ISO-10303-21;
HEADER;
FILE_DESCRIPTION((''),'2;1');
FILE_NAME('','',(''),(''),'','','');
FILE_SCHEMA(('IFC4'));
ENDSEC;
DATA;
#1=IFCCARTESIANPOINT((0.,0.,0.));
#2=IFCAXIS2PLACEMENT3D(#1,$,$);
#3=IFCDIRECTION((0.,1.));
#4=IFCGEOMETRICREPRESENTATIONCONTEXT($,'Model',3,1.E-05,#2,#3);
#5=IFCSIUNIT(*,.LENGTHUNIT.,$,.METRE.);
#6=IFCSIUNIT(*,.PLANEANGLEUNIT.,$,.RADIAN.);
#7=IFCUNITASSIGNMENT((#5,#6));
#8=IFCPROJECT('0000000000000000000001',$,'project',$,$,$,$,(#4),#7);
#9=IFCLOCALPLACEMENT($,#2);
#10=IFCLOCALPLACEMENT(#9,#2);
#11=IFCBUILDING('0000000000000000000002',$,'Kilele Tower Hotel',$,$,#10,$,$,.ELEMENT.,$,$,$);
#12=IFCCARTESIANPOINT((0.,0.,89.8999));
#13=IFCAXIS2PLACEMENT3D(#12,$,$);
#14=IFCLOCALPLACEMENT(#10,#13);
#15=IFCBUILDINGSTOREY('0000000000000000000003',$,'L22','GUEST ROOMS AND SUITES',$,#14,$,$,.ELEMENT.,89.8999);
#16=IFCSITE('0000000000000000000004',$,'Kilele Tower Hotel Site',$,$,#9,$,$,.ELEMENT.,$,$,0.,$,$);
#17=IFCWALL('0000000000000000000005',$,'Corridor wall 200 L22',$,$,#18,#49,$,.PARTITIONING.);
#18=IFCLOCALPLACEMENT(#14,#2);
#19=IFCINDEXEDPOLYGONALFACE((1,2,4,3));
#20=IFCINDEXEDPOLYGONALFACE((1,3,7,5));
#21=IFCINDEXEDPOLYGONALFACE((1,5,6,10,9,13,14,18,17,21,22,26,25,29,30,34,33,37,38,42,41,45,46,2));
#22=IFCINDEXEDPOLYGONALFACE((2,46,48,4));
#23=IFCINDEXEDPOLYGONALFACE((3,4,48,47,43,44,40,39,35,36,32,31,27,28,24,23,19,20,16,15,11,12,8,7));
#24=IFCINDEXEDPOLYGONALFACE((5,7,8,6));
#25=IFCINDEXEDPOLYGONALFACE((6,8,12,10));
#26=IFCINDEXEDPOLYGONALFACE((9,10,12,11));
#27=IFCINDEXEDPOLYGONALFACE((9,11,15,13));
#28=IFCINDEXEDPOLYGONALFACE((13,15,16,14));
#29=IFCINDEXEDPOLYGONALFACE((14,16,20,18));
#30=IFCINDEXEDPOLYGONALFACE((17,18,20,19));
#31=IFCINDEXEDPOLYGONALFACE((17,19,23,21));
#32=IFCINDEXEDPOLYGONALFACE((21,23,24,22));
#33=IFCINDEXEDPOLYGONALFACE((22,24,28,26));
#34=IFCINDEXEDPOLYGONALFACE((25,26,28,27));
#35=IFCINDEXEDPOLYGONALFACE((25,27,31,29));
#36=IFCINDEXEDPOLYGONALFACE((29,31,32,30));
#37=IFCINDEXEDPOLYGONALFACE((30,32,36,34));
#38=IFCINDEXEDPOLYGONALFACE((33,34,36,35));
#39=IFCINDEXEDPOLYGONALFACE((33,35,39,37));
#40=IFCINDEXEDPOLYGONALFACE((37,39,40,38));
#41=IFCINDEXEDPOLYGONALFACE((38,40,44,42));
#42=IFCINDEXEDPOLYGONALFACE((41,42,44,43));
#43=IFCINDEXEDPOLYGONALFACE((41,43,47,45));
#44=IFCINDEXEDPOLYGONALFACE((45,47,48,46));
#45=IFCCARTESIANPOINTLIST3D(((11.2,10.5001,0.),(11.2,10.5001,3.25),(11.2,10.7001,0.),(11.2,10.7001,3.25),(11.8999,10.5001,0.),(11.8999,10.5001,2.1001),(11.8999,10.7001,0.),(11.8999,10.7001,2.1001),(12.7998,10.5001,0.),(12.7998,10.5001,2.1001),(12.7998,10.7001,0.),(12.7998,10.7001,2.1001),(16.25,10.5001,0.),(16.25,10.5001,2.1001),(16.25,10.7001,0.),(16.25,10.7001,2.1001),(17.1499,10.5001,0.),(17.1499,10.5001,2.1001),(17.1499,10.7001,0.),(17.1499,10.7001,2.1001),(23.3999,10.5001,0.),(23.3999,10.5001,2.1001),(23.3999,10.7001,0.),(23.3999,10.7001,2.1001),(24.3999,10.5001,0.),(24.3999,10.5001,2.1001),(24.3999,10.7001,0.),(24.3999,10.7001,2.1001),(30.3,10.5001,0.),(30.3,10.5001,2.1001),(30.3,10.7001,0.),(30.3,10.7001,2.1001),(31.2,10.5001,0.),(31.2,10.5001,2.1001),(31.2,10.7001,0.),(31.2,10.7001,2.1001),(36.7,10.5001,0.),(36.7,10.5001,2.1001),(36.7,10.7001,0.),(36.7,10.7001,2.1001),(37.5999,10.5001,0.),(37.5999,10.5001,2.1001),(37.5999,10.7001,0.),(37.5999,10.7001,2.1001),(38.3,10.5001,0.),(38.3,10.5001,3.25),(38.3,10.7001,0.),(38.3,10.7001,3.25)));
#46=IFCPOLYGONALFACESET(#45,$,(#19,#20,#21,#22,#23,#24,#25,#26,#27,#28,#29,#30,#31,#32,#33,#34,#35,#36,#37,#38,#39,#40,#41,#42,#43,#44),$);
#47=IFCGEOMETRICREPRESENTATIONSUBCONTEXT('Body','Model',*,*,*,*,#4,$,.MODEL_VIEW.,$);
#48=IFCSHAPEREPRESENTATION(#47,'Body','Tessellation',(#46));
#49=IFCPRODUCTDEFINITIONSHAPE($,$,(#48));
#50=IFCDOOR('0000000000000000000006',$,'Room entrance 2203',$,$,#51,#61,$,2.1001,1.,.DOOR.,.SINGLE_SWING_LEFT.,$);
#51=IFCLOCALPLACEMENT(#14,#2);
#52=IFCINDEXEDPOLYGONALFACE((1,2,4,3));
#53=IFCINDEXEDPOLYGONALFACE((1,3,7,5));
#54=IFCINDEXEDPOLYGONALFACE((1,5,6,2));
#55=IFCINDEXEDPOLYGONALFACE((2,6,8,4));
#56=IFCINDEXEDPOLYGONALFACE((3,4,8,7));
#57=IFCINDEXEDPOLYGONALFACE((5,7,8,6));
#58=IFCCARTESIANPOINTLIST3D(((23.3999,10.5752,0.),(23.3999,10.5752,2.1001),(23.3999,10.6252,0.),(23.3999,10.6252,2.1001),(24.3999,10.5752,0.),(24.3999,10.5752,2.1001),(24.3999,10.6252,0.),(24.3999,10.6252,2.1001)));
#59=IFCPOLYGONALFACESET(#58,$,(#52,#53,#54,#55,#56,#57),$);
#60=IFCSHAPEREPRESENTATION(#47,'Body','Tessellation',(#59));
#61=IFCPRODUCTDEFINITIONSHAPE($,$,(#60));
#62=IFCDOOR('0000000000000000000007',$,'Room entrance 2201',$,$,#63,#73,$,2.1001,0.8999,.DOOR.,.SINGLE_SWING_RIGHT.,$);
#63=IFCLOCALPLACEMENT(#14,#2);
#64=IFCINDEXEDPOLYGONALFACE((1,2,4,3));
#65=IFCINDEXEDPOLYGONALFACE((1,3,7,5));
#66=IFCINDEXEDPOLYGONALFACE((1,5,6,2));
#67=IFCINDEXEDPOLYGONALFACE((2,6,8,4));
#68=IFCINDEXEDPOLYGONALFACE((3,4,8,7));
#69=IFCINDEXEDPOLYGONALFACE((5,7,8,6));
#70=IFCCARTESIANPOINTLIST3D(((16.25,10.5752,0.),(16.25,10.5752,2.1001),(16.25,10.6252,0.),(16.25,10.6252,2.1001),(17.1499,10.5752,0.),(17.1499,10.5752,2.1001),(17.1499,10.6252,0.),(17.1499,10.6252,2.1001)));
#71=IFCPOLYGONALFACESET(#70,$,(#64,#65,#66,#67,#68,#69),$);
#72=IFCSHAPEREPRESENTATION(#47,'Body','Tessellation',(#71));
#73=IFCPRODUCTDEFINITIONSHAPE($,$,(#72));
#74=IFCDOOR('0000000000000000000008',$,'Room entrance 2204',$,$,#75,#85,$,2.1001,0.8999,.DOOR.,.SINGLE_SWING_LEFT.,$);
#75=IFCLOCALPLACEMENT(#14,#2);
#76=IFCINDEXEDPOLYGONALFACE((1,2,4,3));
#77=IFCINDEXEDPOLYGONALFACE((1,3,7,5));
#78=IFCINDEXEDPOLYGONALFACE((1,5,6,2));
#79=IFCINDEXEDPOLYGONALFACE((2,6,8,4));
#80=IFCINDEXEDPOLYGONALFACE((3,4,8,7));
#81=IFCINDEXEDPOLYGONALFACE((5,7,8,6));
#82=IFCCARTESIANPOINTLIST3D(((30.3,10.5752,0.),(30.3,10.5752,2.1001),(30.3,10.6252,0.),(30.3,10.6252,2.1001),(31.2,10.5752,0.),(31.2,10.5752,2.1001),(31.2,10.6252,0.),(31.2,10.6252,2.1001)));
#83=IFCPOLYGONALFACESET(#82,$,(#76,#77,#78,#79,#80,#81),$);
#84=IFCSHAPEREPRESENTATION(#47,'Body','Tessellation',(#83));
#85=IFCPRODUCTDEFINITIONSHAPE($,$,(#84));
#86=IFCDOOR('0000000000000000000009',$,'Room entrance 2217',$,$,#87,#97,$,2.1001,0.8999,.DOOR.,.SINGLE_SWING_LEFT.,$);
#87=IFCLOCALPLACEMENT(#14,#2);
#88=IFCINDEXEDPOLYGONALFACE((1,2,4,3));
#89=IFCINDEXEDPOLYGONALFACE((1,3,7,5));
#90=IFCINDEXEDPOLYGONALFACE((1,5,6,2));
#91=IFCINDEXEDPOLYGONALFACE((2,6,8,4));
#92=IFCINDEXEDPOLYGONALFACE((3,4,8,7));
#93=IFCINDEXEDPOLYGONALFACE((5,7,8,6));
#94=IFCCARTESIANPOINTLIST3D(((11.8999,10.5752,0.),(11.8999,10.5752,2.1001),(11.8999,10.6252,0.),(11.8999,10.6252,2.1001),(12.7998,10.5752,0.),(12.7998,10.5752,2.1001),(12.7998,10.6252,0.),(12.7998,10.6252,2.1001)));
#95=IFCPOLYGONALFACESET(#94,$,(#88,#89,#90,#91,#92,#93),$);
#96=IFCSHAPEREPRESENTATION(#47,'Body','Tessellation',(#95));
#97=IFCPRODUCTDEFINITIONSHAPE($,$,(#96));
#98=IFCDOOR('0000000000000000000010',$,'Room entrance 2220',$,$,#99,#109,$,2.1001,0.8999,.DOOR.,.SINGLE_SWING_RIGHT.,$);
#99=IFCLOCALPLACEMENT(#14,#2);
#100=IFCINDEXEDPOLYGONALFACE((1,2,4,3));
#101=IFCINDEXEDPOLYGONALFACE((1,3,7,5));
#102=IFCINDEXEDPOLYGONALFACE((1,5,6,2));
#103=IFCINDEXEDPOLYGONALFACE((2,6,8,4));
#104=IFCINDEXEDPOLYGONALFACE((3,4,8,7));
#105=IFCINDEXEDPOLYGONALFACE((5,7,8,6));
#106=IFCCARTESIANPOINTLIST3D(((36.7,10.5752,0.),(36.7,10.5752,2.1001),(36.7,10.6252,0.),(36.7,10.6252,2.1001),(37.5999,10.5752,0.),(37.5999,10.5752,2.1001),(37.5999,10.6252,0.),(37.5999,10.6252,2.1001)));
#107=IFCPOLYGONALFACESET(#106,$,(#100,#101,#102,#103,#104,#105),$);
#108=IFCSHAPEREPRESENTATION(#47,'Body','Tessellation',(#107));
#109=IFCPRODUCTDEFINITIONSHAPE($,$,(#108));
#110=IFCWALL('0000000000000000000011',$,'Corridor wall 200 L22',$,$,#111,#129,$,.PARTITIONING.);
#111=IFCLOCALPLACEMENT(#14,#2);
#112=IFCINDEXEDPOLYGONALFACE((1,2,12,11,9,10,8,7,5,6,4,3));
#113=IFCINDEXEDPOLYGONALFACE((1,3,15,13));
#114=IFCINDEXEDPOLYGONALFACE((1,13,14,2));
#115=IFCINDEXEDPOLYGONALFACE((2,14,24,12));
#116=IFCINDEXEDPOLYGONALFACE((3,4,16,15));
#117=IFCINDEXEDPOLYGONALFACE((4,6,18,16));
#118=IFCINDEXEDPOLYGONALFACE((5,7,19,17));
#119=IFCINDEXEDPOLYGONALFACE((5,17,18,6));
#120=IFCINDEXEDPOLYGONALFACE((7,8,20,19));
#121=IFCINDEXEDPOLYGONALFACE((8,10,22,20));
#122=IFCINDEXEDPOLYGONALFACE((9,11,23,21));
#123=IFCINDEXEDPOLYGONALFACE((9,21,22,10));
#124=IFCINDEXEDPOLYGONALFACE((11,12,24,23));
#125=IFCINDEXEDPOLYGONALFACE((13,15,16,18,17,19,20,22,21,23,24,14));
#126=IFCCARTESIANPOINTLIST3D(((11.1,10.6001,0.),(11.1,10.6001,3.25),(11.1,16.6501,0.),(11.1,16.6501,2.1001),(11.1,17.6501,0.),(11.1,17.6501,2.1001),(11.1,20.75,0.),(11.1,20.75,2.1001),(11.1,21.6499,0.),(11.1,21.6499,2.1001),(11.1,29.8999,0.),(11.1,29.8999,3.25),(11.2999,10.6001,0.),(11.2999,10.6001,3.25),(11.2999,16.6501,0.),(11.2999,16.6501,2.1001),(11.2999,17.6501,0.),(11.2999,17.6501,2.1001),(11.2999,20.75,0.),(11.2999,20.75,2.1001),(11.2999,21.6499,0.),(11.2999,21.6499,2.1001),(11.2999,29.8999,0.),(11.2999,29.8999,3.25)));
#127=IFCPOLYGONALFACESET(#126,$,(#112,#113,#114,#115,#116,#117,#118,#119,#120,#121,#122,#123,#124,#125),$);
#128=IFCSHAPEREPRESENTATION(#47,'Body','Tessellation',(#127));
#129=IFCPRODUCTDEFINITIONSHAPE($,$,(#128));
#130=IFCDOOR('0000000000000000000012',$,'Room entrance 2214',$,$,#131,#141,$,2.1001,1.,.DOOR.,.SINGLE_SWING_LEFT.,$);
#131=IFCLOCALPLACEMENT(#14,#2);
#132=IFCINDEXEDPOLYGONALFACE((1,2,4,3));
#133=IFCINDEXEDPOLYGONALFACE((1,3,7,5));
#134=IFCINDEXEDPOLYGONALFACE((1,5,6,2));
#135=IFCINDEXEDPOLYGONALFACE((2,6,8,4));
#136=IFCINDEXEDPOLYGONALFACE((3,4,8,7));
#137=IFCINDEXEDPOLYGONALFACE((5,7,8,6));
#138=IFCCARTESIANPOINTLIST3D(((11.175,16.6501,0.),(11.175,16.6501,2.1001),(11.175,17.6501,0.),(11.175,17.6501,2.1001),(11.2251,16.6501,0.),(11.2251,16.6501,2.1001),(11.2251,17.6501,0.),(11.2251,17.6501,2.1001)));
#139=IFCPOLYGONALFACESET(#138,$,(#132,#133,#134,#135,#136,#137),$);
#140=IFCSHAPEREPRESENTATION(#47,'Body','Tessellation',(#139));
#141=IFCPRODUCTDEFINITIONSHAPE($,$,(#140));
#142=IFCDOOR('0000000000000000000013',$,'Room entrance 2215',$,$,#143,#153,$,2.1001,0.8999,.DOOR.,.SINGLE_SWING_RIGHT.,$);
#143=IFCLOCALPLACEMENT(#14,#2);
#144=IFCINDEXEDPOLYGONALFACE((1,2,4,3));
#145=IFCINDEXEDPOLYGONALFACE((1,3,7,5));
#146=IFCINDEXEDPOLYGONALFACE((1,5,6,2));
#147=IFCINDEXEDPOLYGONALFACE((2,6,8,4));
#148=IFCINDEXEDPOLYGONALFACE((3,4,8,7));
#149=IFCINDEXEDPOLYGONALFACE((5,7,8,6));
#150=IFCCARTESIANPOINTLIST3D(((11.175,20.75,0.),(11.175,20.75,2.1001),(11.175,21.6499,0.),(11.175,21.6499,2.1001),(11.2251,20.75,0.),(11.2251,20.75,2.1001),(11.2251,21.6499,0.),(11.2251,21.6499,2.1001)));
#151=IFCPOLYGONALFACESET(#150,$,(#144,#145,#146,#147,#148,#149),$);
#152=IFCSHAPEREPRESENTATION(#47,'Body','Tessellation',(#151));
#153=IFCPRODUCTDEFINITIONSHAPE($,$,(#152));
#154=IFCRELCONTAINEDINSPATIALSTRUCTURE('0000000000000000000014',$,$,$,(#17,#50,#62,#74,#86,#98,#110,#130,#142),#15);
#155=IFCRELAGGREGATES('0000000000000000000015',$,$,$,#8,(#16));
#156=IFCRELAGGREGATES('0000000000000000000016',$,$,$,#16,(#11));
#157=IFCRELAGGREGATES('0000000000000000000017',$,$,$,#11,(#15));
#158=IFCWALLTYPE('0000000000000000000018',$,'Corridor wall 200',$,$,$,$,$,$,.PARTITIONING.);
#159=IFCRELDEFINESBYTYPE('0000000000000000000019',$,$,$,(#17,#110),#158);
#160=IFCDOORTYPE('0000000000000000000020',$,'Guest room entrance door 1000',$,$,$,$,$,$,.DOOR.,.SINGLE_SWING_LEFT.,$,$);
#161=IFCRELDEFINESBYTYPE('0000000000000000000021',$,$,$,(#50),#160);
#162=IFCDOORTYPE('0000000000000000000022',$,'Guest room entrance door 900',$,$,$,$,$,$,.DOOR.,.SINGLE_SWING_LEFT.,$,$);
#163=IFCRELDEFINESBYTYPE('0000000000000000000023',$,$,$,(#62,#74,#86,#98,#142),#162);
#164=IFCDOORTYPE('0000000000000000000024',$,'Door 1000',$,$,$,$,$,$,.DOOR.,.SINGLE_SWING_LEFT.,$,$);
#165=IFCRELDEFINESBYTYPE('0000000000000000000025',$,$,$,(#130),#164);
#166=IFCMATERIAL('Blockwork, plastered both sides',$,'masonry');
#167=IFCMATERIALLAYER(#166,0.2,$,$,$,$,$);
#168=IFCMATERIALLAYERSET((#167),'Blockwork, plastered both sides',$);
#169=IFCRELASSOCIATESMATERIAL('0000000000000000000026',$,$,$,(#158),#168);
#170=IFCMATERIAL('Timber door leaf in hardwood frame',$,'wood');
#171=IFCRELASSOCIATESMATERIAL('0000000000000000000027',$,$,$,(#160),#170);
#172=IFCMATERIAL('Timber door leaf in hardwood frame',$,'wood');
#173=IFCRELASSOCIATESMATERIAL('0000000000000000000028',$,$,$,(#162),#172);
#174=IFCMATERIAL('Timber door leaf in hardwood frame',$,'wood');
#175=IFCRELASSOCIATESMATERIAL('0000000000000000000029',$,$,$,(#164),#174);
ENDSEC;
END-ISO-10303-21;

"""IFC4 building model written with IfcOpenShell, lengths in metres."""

from ifc_helpers import new_model, si_unit, direction, frame, frame_2d, origin, place, context, subcontext, project, spatial, rectangle, extrude, material, layer, layer_set, type_object, element, fill, save


model = new_model("IFC4")

# Units and contexts
model_context = context("Model", 3, precision=1e-05, world=origin(), true_north=direction((0.0, 1.0)))
body_context = subcontext(model_context, "Body", "Model", "MODEL_VIEW")
ifc_project = project(units=[si_unit("LENGTHUNIT", "METRE"), si_unit("PLANEANGLEUNIT", "RADIAN")], contexts=[model_context])

# Site, building, storey
site_placement = place(None, origin())
site = spatial("IfcSite", under=ifc_project, at=site_placement, Name="Kilele Tower Hotel Site", CompositionType="ELEMENT", RefElevation=0.0)
building_placement = place(site_placement, origin())
building = spatial("IfcBuilding", under=site, at=building_placement, Name="Kilele Tower Hotel", CompositionType="ELEMENT")
storey_placement = place(building_placement, frame((0.0, 0.0, 89.8999)))
storey = spatial("IfcBuildingStorey", under=building, at=storey_placement, Name="L22", Description="GUEST ROOMS AND SUITES", CompositionType="ELEMENT", Elevation=89.8999)

# Walls, openings, doors
ifc_material_1 = material(Name="Blockwork, plastered both sides", Category="masonry")
ifc_layer_1 = layer(ifc_material_1, 0.2)
ifc_layer_set_1 = layer_set([ifc_layer_1], Name="Blockwork, plastered both sides")
wall_type_1 = type_object("IfcWallType", Name="Corridor wall 200", PredefinedType="PARTITIONING", material=ifc_layer_set_1)
wall_1_placement = place(storey_placement, frame((11.2, 10.6001, 0.0), z_axis=(0.0, 0.0, 1.0), x_axis=(1.0, 0.0, 0.0)))
wall_1 = element("IfcWall", 1, at=wall_1_placement, inside=storey, type_object=wall_type_1, Name="Corridor wall 200 L22", PredefinedType="PARTITIONING", context=body_context, shape_type="SweptSolid", body=[
    extrude(rectangle(XDim=27.1001, YDim=0.2, at=frame_2d((13.55, 0.0))), origin(), (0.0, 0.0, 1.0), 3.25),
])
opening_1_placement = place(wall_1_placement, frame((5.95, 0.0, 0.0), z_axis=(0.0, 0.0, 1.0), x_axis=(-1.0, 0.0, 0.0)))
opening_1 = element("IfcOpeningElement", 2, at=opening_1_placement, cuts=wall_1, PredefinedType="OPENING", context=body_context, shape_type="SweptSolid", body=[
    extrude(rectangle(XDim=0.8999, YDim=2.1001, at=frame_2d((0.45, 1.05))), frame((0.0, 0.1099, 0.0), z_axis=(0.0, -1.0, 0.0), x_axis=(1.0, 0.0, 0.0)), (0.0, 0.0, 1.0), 0.22),
])
opening_2_placement = place(wall_1_placement, frame((13.2, 0.0, 0.0), z_axis=(0.0, 0.0, 1.0), x_axis=(-1.0, 0.0, 0.0)))
opening_2 = element("IfcOpeningElement", 3, at=opening_2_placement, cuts=wall_1, PredefinedType="OPENING", context=body_context, shape_type="SweptSolid", body=[
    extrude(rectangle(XDim=1.0, YDim=2.1001, at=frame_2d((0.5, 1.05))), frame((0.0, 0.1099, 0.0), z_axis=(0.0, -1.0, 0.0), x_axis=(1.0, 0.0, 0.0)), (0.0, 0.0, 1.0), 0.22),
])
opening_3_placement = place(wall_1_placement, frame((20.0, 0.0, 0.0), z_axis=(0.0, 0.0, 1.0), x_axis=(-1.0, 0.0, 0.0)))
opening_3 = element("IfcOpeningElement", 4, at=opening_3_placement, cuts=wall_1, PredefinedType="OPENING", context=body_context, shape_type="SweptSolid", body=[
    extrude(rectangle(XDim=0.8999, YDim=2.1001, at=frame_2d((0.45, 1.05))), frame((0.0, 0.1099, 0.0), z_axis=(0.0, -1.0, 0.0), x_axis=(1.0, 0.0, 0.0)), (0.0, 0.0, 1.0), 0.22),
])
opening_4_placement = place(wall_1_placement, frame((1.5999, 0.0, 0.0), z_axis=(0.0, 0.0, 1.0), x_axis=(-1.0, 0.0, 0.0)))
opening_4 = element("IfcOpeningElement", 5, at=opening_4_placement, cuts=wall_1, PredefinedType="OPENING", context=body_context, shape_type="SweptSolid", body=[
    extrude(rectangle(XDim=0.8999, YDim=2.1001, at=frame_2d((0.45, 1.05))), frame((0.0, 0.1099, 0.0), z_axis=(0.0, -1.0, 0.0), x_axis=(1.0, 0.0, 0.0)), (0.0, 0.0, 1.0), 0.22),
])
opening_5_placement = place(wall_1_placement, frame((26.3999, 0.0, 0.0), z_axis=(0.0, 0.0, 1.0), x_axis=(-1.0, 0.0, 0.0)))
opening_5 = element("IfcOpeningElement", 6, at=opening_5_placement, cuts=wall_1, PredefinedType="OPENING", context=body_context, shape_type="SweptSolid", body=[
    extrude(rectangle(XDim=0.8999, YDim=2.1001, at=frame_2d((0.45, 1.05))), frame((0.0, 0.1099, 0.0), z_axis=(0.0, -1.0, 0.0), x_axis=(1.0, 0.0, 0.0)), (0.0, 0.0, 1.0), 0.22),
])
ifc_material_2 = material(Name="Timber door leaf in hardwood frame", Category="wood")
door_type_1 = type_object("IfcDoorType", Name="Guest room entrance door 1000", OperationType="SINGLE_SWING_LEFT", PredefinedType="DOOR", material=ifc_material_2)
door_1_placement = place(opening_2_placement, origin())
door_1 = element("IfcDoor", 7, at=door_1_placement, inside=storey, type_object=door_type_1, Name="Room entrance 2203", OperationType="SINGLE_SWING_LEFT", OverallHeight=2.1001, OverallWidth=1.0, PredefinedType="DOOR", context=body_context, shape_type="SweptSolid", body=[
    extrude(rectangle(XDim=1.0, YDim=2.1001, at=frame_2d((0.5, 1.05))), frame((0.0, 0.0249, 0.0), z_axis=(0.0, -1.0, 0.0), x_axis=(1.0, 0.0, 0.0)), (0.0, 0.0, 1.0), 0.05),
])
fill(opening_2, door_1)
ifc_material_3 = material(Name="Timber door leaf in hardwood frame", Category="wood")
door_type_2 = type_object("IfcDoorType", Name="Guest room entrance door 900", OperationType="SINGLE_SWING_LEFT", PredefinedType="DOOR", material=ifc_material_3)
door_2_placement = place(opening_1_placement, origin())
door_2 = element("IfcDoor", 8, at=door_2_placement, inside=storey, type_object=door_type_2, Name="Room entrance 2201", OperationType="SINGLE_SWING_RIGHT", OverallHeight=2.1001, OverallWidth=0.8999, PredefinedType="DOOR", context=body_context, shape_type="SweptSolid", body=[
    extrude(rectangle(XDim=0.8999, YDim=2.1001, at=frame_2d((0.45, 1.05))), frame((0.0, 0.0249, 0.0), z_axis=(0.0, -1.0, 0.0), x_axis=(1.0, 0.0, 0.0)), (0.0, 0.0, 1.0), 0.05),
])
fill(opening_1, door_2)
door_3_placement = place(opening_3_placement, origin())
door_3 = element("IfcDoor", 9, at=door_3_placement, inside=storey, type_object=door_type_2, Name="Room entrance 2204", OperationType="SINGLE_SWING_LEFT", OverallHeight=2.1001, OverallWidth=0.8999, PredefinedType="DOOR", context=body_context, shape_type="SweptSolid", body=[
    extrude(rectangle(XDim=0.8999, YDim=2.1001, at=frame_2d((0.45, 1.05))), frame((0.0, 0.0249, 0.0), z_axis=(0.0, -1.0, 0.0), x_axis=(1.0, 0.0, 0.0)), (0.0, 0.0, 1.0), 0.05),
])
fill(opening_3, door_3)
door_4_placement = place(opening_4_placement, origin())
door_4 = element("IfcDoor", 10, at=door_4_placement, inside=storey, type_object=door_type_2, Name="Room entrance 2217", OperationType="SINGLE_SWING_LEFT", OverallHeight=2.1001, OverallWidth=0.8999, PredefinedType="DOOR", context=body_context, shape_type="SweptSolid", body=[
    extrude(rectangle(XDim=0.8999, YDim=2.1001, at=frame_2d((0.45, 1.05))), frame((0.0, 0.0249, 0.0), z_axis=(0.0, -1.0, 0.0), x_axis=(1.0, 0.0, 0.0)), (0.0, 0.0, 1.0), 0.05),
])
fill(opening_4, door_4)
door_5_placement = place(opening_5_placement, origin())
door_5 = element("IfcDoor", 11, at=door_5_placement, inside=storey, type_object=door_type_2, Name="Room entrance 2220", OperationType="SINGLE_SWING_RIGHT", OverallHeight=2.1001, OverallWidth=0.8999, PredefinedType="DOOR", context=body_context, shape_type="SweptSolid", body=[
    extrude(rectangle(XDim=0.8999, YDim=2.1001, at=frame_2d((0.45, 1.05))), frame((0.0, 0.0249, 0.0), z_axis=(0.0, -1.0, 0.0), x_axis=(1.0, 0.0, 0.0)), (0.0, 0.0, 1.0), 0.05),
])
fill(opening_5, door_5)
wall_2_placement = place(storey_placement, frame((11.2, 10.6001, 0.0), z_axis=(0.0, 0.0, 1.0), x_axis=(0.0, 1.0, 0.0)))
wall_2 = element("IfcWall", 12, at=wall_2_placement, inside=storey, type_object=wall_type_1, Name="Corridor wall 200 L22", PredefinedType="PARTITIONING", context=body_context, shape_type="SweptSolid", body=[
    extrude(rectangle(XDim=19.2998, YDim=0.2, at=frame_2d((9.6499, 0.0))), origin(), (0.0, 0.0, 1.0), 3.25),
])
opening_6_placement = place(wall_2_placement, frame((6.05, 0.0, 0.0)))
opening_6 = element("IfcOpeningElement", 13, at=opening_6_placement, cuts=wall_2, PredefinedType="OPENING", context=body_context, shape_type="SweptSolid", body=[
    extrude(rectangle(XDim=1.0, YDim=2.1001, at=frame_2d((0.5, 1.05))), frame((0.0, 0.1099, 0.0), z_axis=(0.0, -1.0, 0.0), x_axis=(1.0, 0.0, 0.0)), (0.0, 0.0, 1.0), 0.22),
])
opening_7_placement = place(wall_2_placement, frame((10.1499, 0.0, 0.0)))
opening_7 = element("IfcOpeningElement", 14, at=opening_7_placement, cuts=wall_2, PredefinedType="OPENING", context=body_context, shape_type="SweptSolid", body=[
    extrude(rectangle(XDim=0.8999, YDim=2.1001, at=frame_2d((0.45, 1.05))), frame((0.0, 0.1099, 0.0), z_axis=(0.0, -1.0, 0.0), x_axis=(1.0, 0.0, 0.0)), (0.0, 0.0, 1.0), 0.22),
])
ifc_material_4 = material(Name="Timber door leaf in hardwood frame", Category="wood")
door_type_3 = type_object("IfcDoorType", Name="Door 1000", OperationType="SINGLE_SWING_LEFT", PredefinedType="DOOR", material=ifc_material_4)
door_6_placement = place(opening_6_placement, origin())
door_6 = element("IfcDoor", 15, at=door_6_placement, inside=storey, type_object=door_type_3, Name="Room entrance 2214", OperationType="SINGLE_SWING_LEFT", OverallHeight=2.1001, OverallWidth=1.0, PredefinedType="DOOR", context=body_context, shape_type="SweptSolid", body=[
    extrude(rectangle(XDim=1.0, YDim=2.1001, at=frame_2d((0.5, 1.05))), frame((0.0, 0.0249, 0.0), z_axis=(0.0, -1.0, 0.0), x_axis=(1.0, 0.0, 0.0)), (0.0, 0.0, 1.0), 0.05),
])
fill(opening_6, door_6)
door_7_placement = place(opening_7_placement, origin())
door_7 = element("IfcDoor", 16, at=door_7_placement, inside=storey, type_object=door_type_2, Name="Room entrance 2215", OperationType="SINGLE_SWING_RIGHT", OverallHeight=2.1001, OverallWidth=0.8999, PredefinedType="DOOR", context=body_context, shape_type="SweptSolid", body=[
    extrude(rectangle(XDim=0.8999, YDim=2.1001, at=frame_2d((0.45, 1.05))), frame((0.0, 0.0249, 0.0), z_axis=(0.0, -1.0, 0.0), x_axis=(1.0, 0.0, 0.0)), (0.0, 0.0, 1.0), 0.05),
])
fill(opening_7, door_7)

save(model, "model.ifc")
